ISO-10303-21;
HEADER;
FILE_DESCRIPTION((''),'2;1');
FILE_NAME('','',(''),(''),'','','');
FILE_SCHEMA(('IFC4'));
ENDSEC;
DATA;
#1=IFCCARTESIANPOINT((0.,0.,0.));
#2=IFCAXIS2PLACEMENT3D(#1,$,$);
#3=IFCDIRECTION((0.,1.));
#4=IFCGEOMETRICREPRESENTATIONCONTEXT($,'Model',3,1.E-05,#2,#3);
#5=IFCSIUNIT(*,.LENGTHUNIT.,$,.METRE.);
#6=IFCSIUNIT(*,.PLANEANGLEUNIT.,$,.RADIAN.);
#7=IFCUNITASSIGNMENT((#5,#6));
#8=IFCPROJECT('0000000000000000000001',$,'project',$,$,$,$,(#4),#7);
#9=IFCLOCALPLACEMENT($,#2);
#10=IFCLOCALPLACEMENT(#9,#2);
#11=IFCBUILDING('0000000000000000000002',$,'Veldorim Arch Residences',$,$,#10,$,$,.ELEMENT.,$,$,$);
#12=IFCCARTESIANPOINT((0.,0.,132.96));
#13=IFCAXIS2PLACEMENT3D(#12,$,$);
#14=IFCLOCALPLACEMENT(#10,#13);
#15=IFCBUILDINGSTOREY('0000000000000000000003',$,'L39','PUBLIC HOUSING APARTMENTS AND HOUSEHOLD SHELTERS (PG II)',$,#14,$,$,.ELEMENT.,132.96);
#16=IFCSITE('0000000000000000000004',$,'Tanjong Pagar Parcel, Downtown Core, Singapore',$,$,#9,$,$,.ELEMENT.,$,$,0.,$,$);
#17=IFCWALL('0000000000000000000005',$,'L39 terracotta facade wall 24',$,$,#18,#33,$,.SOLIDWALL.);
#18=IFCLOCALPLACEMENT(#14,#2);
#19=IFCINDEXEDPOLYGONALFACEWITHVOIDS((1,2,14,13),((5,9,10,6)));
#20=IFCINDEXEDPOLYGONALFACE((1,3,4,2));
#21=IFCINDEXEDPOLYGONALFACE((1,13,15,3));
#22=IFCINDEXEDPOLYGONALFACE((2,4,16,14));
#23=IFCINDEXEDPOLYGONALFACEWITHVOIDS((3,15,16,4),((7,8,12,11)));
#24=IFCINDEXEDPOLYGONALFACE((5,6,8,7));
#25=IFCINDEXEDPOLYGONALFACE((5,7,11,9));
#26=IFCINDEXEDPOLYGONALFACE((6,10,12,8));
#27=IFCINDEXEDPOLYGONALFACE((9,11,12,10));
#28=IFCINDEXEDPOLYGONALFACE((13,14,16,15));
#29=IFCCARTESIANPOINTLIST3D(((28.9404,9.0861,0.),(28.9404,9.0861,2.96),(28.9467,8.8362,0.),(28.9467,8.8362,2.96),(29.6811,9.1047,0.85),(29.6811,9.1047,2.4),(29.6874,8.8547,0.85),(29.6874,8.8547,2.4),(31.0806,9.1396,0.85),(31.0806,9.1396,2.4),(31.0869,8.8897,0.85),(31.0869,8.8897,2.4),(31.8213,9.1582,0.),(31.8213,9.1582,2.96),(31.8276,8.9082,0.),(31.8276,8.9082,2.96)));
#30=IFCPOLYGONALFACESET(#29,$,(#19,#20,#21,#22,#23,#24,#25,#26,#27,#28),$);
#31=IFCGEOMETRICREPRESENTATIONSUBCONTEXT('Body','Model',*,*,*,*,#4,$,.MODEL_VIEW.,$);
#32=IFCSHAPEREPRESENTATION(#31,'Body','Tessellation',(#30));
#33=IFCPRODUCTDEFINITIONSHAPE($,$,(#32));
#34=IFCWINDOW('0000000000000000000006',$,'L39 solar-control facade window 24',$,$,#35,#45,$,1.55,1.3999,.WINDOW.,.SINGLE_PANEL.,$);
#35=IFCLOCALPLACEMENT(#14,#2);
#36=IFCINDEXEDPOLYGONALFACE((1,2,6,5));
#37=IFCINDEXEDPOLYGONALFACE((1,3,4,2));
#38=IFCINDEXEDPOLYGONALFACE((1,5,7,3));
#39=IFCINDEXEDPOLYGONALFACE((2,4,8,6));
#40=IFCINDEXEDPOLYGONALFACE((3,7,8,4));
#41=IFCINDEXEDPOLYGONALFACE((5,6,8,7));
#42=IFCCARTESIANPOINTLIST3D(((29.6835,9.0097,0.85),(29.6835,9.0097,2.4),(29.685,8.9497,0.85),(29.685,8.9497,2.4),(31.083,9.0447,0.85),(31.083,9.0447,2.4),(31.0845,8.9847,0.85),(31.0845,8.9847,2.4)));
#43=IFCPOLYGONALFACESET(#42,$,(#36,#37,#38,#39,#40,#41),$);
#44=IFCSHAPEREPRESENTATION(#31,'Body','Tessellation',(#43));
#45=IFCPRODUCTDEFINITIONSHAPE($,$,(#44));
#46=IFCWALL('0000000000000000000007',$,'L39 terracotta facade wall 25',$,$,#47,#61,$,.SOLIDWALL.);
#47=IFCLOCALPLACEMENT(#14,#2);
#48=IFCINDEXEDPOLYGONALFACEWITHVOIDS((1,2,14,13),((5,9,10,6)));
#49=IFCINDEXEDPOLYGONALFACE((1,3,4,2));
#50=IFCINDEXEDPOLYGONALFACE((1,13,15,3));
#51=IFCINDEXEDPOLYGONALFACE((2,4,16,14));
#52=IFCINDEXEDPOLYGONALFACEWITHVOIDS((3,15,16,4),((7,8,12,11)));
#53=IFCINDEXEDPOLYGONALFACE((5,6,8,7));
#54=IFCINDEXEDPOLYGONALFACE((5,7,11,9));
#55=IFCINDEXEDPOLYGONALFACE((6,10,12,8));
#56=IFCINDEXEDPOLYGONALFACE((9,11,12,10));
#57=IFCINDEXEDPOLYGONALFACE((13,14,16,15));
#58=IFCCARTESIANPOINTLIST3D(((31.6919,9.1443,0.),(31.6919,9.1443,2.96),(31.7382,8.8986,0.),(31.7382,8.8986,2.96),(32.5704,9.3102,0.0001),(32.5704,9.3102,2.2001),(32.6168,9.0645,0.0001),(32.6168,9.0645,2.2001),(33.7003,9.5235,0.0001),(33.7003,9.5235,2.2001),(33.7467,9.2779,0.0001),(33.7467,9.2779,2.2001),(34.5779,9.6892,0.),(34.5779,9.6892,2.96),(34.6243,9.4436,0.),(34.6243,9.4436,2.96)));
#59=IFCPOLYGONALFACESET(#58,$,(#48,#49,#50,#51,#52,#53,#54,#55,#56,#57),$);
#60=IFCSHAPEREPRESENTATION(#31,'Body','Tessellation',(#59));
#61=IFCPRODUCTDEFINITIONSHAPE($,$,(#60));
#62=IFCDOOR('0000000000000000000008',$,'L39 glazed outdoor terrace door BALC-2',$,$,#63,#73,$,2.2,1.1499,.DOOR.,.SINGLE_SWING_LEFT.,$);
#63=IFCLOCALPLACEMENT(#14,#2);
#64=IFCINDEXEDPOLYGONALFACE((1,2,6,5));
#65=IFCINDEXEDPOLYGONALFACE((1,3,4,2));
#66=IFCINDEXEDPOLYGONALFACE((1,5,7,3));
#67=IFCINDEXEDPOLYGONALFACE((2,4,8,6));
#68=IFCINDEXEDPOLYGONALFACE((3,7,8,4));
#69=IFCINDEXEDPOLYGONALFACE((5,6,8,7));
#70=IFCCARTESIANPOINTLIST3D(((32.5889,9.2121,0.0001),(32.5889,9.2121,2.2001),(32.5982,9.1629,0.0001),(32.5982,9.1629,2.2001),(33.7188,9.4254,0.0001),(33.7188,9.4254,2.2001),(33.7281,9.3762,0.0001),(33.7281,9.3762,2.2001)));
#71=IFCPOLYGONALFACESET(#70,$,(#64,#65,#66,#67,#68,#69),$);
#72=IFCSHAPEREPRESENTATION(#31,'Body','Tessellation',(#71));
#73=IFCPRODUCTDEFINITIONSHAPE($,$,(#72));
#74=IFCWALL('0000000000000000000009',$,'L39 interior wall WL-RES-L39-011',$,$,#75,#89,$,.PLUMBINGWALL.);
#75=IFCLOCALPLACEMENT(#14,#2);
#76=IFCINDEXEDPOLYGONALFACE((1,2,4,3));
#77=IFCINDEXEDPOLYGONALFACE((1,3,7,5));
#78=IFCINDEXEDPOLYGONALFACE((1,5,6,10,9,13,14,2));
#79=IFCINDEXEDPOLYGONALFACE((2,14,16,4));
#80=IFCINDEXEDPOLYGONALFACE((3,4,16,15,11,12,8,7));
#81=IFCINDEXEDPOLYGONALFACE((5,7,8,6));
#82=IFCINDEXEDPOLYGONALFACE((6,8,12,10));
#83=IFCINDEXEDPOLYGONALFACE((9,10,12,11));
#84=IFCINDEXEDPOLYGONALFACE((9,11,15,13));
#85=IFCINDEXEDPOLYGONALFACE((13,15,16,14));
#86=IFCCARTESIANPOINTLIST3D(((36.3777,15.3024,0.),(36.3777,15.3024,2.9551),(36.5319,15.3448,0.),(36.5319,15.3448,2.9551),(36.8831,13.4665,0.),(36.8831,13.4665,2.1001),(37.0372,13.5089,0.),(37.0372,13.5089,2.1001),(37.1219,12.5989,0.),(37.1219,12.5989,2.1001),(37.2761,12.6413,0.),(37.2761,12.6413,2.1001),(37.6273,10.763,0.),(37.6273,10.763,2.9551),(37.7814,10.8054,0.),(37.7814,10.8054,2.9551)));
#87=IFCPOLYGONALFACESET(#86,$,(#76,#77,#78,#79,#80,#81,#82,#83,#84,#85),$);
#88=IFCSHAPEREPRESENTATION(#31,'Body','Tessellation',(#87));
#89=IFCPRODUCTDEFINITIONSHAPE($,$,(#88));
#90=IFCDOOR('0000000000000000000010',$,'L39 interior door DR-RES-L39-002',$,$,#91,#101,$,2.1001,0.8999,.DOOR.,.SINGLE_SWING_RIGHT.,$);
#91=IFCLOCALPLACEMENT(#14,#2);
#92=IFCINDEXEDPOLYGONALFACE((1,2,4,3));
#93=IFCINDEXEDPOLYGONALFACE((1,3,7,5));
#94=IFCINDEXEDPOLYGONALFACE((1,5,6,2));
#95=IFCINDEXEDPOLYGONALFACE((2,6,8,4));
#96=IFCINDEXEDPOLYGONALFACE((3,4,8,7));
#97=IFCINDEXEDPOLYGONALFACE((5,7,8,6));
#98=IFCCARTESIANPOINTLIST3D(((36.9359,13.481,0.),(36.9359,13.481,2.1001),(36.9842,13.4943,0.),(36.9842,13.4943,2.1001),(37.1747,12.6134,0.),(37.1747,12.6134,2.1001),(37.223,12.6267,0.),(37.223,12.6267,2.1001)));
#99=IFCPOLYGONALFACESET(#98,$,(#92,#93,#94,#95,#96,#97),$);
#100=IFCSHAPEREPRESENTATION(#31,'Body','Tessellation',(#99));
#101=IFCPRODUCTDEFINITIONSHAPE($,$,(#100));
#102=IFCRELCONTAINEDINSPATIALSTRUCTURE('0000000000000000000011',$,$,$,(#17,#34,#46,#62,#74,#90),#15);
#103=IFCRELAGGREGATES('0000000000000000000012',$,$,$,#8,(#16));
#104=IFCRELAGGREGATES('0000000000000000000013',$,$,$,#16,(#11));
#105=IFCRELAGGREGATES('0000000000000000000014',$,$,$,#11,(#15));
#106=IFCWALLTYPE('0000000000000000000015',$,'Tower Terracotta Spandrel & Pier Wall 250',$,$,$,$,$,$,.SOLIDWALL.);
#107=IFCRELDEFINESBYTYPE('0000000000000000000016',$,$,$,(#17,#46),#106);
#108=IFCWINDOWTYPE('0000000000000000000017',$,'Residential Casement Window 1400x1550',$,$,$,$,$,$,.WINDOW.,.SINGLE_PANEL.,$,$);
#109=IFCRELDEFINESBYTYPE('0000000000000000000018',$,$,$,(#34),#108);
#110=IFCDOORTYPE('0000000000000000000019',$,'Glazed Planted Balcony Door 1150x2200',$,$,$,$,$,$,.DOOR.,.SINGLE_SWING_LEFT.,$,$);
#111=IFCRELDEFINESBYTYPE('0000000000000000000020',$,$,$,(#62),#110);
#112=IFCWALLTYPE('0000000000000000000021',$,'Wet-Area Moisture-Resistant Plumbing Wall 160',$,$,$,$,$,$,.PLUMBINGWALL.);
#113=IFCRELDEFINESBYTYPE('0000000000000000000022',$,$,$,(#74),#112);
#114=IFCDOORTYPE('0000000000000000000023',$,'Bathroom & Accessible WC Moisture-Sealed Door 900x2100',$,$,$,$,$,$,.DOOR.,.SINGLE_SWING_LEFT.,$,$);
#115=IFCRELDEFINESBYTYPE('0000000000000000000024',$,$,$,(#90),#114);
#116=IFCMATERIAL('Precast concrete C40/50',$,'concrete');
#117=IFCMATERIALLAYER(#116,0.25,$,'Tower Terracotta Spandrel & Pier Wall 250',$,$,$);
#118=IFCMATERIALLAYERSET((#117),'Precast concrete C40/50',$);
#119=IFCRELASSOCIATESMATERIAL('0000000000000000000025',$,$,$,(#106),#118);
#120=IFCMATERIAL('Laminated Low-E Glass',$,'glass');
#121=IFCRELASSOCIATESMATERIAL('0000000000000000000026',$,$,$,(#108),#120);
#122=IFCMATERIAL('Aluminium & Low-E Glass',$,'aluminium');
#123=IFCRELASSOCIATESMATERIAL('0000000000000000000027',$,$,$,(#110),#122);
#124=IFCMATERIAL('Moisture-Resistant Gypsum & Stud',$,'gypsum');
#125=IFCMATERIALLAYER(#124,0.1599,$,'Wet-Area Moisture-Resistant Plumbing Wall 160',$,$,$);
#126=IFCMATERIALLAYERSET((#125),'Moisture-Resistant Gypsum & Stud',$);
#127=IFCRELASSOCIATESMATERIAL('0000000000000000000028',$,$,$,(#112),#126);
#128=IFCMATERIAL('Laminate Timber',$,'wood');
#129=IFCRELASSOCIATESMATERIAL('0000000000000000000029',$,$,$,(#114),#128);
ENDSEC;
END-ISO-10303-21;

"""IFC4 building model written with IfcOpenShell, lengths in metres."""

from ifc_helpers import new_model, si_unit, direction, frame, frame_2d, origin, place, context, subcontext, project, spatial, rectangle, extrude, material, layer, layer_set, type_object, element, fill, save


model = new_model("IFC4")

# Units and contexts
model_context = context("Model", 3, precision=1e-05, world=origin(), true_north=direction((0.0, 1.0)))
body_context = subcontext(model_context, "Body", "Model", "MODEL_VIEW")
ifc_project = project(units=[si_unit("LENGTHUNIT", "METRE"), si_unit("PLANEANGLEUNIT", "RADIAN")], contexts=[model_context])

# Site, building, storey
site_placement = place(None, origin())
site = spatial("IfcSite", under=ifc_project, at=site_placement, Name="Tanjong Pagar Parcel, Downtown Core, Singapore", CompositionType="ELEMENT", RefElevation=0.0)
building_placement = place(site_placement, origin())
building = spatial("IfcBuilding", under=site, at=building_placement, Name="Veldorim Arch Residences", CompositionType="ELEMENT")
storey_placement = place(building_placement, frame((0.0, 0.0, 132.96)))
storey = spatial("IfcBuildingStorey", under=building, at=storey_placement, Name="L39", Description="PUBLIC HOUSING APARTMENTS AND HOUSEHOLD SHELTERS (PG II)", CompositionType="ELEMENT", Elevation=132.96)

# Wall, opening, window
ifc_material_1 = material(Name="Precast concrete C40/50", Category="concrete")
ifc_layer_1 = layer(ifc_material_1, 0.25, Name="Tower Terracotta Spandrel & Pier Wall 250")
ifc_layer_set_1 = layer_set([ifc_layer_1], Name="Precast concrete C40/50")
wall_type_1 = type_object("IfcWallType", Name="Tower Terracotta Spandrel & Pier Wall 250", PredefinedType="SOLIDWALL", material=ifc_layer_set_1)
wall_1_placement = place(storey_placement, frame((31.8245, 9.0332, 0.0), z_axis=(0.0, 0.0, 1.0), x_axis=(-0.999688, -0.024992, 0.0)))
wall_1 = element("IfcWall", 1, at=wall_1_placement, inside=storey, type_object=wall_type_1, Name="L39 terracotta facade wall 24", PredefinedType="SOLIDWALL", context=body_context, shape_type="SweptSolid", body=[
    extrude(rectangle(XDim=2.8818, YDim=0.25, at=frame_2d((1.4409, 0.0))), origin(), (0.0, 0.0, 1.0), 2.96),
])
opening_1_placement = place(wall_1_placement, frame((0.741, 0.0, 0.8501)))
opening_1 = element("IfcOpeningElement", 2, at=opening_1_placement, cuts=wall_1, PredefinedType="OPENING", context=body_context, shape_type="SweptSolid", body=[
    extrude(rectangle(XDim=1.3999, YDim=1.55, at=frame_2d((0.7, 0.7749))), frame((0.0, 0.135, 0.0), z_axis=(0.0, -1.0, 0.0), x_axis=(1.0, 0.0, 0.0)), (0.0, 0.0, 1.0), 0.27),
])
ifc_material_2 = material(Name="Laminated Low-E Glass", Category="glass")
window_type = type_object("IfcWindowType", Name="Residential Casement Window 1400x1550", PartitioningType="SINGLE_PANEL", PredefinedType="WINDOW", material=ifc_material_2)
window_placement = place(opening_1_placement, origin())
window = element("IfcWindow", 3, at=window_placement, inside=storey, type_object=window_type, Name="L39 solar-control facade window 24", OverallHeight=1.55, OverallWidth=1.3999, PartitioningType="SINGLE_PANEL", PredefinedType="WINDOW", context=body_context, shape_type="SweptSolid", body=[
    extrude(rectangle(XDim=1.3999, YDim=1.55, at=frame_2d((0.7, 0.7749))), frame((0.0, 0.03, 0.0), z_axis=(0.0, -1.0, 0.0), x_axis=(1.0, 0.0, 0.0)), (0.0, 0.0, 1.0), 0.0601),
])
fill(opening_1, window)

# Walls, openings, doors
wall_2_placement = place(storey_placement, frame((34.6011, 9.5664, 0.0), z_axis=(0.0, 0.0, 1.0), x_axis=(-0.982637, -0.185538, 0.0)))
wall_2 = element("IfcWall", 4, at=wall_2_placement, inside=storey, type_object=wall_type_1, Name="L39 terracotta facade wall 25", PredefinedType="SOLIDWALL", context=body_context, shape_type="SweptSolid", body=[
    extrude(rectangle(XDim=2.937, YDim=0.25, at=frame_2d((1.4685, 0.0))), origin(), (0.0, 0.0, 1.0), 2.96),
])
opening_2_placement = place(wall_2_placement, frame((0.8931, 0.0, 0.0)))
opening_2 = element("IfcOpeningElement", 5, at=opening_2_placement, cuts=wall_2, PredefinedType="OPENING", context=body_context, shape_type="SweptSolid", body=[
    extrude(rectangle(XDim=1.1499, YDim=2.2, at=frame_2d((0.575, 1.1001))), frame((0.0, 0.135, 0.0), z_axis=(0.0, -1.0, 0.0), x_axis=(1.0, 0.0, 0.0)), (0.0, 0.0, 1.0), 0.27),
])
ifc_material_3 = material(Name="Aluminium & Low-E Glass", Category="aluminium")
door_type_1 = type_object("IfcDoorType", Name="Glazed Planted Balcony Door 1150x2200", OperationType="SINGLE_SWING_LEFT", PredefinedType="DOOR", material=ifc_material_3)
door_1_placement = place(opening_2_placement, origin())
door_1 = element("IfcDoor", 6, at=door_1_placement, inside=storey, type_object=door_type_1, Name="L39 glazed outdoor terrace door BALC-2", OperationType="SINGLE_SWING_LEFT", OverallHeight=2.2, OverallWidth=1.1499, PredefinedType="DOOR", context=body_context, shape_type="SweptSolid", body=[
    extrude(rectangle(XDim=1.1499, YDim=2.2, at=frame_2d((0.575, 1.1001))), frame((0.0, 0.0249, 0.0), z_axis=(0.0, -1.0, 0.0), x_axis=(1.0, 0.0, 0.0)), (0.0, 0.0, 1.0), 0.05),
])
fill(opening_2, door_1)
ifc_material_4 = material(Name="Moisture-Resistant Gypsum & Stud", Category="gypsum")
ifc_layer_2 = layer(ifc_material_4, 0.1599, Name="Wet-Area Moisture-Resistant Plumbing Wall 160")
ifc_layer_set_2 = layer_set([ifc_layer_2], Name="Moisture-Resistant Gypsum & Stud")
wall_type_2 = type_object("IfcWallType", Name="Wet-Area Moisture-Resistant Plumbing Wall 160", PredefinedType="PLUMBINGWALL", material=ifc_layer_set_2)
wall_3_placement = place(storey_placement, frame((36.4548, 15.3235, 0.0), z_axis=(0.0, 0.0, 1.0), x_axis=(0.265394, -0.96414, 0.0)))
wall_3 = element("IfcWall", 7, at=wall_3_placement, inside=storey, type_object=wall_type_2, Name="L39 interior wall WL-RES-L39-011", PredefinedType="PLUMBINGWALL", context=body_context, shape_type="SweptSolid", body=[
    extrude(rectangle(XDim=4.7083, YDim=0.1599, at=frame_2d((2.354, 0.0))), origin(), (0.0, 0.0, 1.0), 2.9551),
])
opening_3_placement = place(wall_3_placement, frame((1.9041, 0.0, 0.0)))
opening_3 = element("IfcOpeningElement", 8, at=opening_3_placement, cuts=wall_3, PredefinedType="OPENING", context=body_context, shape_type="SweptSolid", body=[
    extrude(rectangle(XDim=0.8999, YDim=2.1001, at=frame_2d((0.45, 1.05))), frame((0.0, 0.0898, 0.0), z_axis=(0.0, -1.0, 0.0), x_axis=(1.0, 0.0, 0.0)), (0.0, 0.0, 1.0), 0.1799),
])
ifc_material_5 = material(Name="Laminate Timber", Category="wood")
door_type_2 = type_object("IfcDoorType", Name="Bathroom & Accessible WC Moisture-Sealed Door 900x2100", OperationType="SINGLE_SWING_LEFT", PredefinedType="DOOR", material=ifc_material_5)
door_2_placement = place(opening_3_placement, origin())
door_2 = element("IfcDoor", 9, at=door_2_placement, inside=storey, type_object=door_type_2, Name="L39 interior door DR-RES-L39-002", OperationType="SINGLE_SWING_RIGHT", OverallHeight=2.1001, OverallWidth=0.8999, PredefinedType="DOOR", context=body_context, shape_type="SweptSolid", body=[
    extrude(rectangle(XDim=0.8999, YDim=2.1001, at=frame_2d((0.45, 1.05))), frame((0.0, 0.0249, 0.0), z_axis=(0.0, -1.0, 0.0), x_axis=(1.0, 0.0, 0.0)), (0.0, 0.0, 1.0), 0.05),
])
fill(opening_3, door_2)

save(model, "model.ifc")
